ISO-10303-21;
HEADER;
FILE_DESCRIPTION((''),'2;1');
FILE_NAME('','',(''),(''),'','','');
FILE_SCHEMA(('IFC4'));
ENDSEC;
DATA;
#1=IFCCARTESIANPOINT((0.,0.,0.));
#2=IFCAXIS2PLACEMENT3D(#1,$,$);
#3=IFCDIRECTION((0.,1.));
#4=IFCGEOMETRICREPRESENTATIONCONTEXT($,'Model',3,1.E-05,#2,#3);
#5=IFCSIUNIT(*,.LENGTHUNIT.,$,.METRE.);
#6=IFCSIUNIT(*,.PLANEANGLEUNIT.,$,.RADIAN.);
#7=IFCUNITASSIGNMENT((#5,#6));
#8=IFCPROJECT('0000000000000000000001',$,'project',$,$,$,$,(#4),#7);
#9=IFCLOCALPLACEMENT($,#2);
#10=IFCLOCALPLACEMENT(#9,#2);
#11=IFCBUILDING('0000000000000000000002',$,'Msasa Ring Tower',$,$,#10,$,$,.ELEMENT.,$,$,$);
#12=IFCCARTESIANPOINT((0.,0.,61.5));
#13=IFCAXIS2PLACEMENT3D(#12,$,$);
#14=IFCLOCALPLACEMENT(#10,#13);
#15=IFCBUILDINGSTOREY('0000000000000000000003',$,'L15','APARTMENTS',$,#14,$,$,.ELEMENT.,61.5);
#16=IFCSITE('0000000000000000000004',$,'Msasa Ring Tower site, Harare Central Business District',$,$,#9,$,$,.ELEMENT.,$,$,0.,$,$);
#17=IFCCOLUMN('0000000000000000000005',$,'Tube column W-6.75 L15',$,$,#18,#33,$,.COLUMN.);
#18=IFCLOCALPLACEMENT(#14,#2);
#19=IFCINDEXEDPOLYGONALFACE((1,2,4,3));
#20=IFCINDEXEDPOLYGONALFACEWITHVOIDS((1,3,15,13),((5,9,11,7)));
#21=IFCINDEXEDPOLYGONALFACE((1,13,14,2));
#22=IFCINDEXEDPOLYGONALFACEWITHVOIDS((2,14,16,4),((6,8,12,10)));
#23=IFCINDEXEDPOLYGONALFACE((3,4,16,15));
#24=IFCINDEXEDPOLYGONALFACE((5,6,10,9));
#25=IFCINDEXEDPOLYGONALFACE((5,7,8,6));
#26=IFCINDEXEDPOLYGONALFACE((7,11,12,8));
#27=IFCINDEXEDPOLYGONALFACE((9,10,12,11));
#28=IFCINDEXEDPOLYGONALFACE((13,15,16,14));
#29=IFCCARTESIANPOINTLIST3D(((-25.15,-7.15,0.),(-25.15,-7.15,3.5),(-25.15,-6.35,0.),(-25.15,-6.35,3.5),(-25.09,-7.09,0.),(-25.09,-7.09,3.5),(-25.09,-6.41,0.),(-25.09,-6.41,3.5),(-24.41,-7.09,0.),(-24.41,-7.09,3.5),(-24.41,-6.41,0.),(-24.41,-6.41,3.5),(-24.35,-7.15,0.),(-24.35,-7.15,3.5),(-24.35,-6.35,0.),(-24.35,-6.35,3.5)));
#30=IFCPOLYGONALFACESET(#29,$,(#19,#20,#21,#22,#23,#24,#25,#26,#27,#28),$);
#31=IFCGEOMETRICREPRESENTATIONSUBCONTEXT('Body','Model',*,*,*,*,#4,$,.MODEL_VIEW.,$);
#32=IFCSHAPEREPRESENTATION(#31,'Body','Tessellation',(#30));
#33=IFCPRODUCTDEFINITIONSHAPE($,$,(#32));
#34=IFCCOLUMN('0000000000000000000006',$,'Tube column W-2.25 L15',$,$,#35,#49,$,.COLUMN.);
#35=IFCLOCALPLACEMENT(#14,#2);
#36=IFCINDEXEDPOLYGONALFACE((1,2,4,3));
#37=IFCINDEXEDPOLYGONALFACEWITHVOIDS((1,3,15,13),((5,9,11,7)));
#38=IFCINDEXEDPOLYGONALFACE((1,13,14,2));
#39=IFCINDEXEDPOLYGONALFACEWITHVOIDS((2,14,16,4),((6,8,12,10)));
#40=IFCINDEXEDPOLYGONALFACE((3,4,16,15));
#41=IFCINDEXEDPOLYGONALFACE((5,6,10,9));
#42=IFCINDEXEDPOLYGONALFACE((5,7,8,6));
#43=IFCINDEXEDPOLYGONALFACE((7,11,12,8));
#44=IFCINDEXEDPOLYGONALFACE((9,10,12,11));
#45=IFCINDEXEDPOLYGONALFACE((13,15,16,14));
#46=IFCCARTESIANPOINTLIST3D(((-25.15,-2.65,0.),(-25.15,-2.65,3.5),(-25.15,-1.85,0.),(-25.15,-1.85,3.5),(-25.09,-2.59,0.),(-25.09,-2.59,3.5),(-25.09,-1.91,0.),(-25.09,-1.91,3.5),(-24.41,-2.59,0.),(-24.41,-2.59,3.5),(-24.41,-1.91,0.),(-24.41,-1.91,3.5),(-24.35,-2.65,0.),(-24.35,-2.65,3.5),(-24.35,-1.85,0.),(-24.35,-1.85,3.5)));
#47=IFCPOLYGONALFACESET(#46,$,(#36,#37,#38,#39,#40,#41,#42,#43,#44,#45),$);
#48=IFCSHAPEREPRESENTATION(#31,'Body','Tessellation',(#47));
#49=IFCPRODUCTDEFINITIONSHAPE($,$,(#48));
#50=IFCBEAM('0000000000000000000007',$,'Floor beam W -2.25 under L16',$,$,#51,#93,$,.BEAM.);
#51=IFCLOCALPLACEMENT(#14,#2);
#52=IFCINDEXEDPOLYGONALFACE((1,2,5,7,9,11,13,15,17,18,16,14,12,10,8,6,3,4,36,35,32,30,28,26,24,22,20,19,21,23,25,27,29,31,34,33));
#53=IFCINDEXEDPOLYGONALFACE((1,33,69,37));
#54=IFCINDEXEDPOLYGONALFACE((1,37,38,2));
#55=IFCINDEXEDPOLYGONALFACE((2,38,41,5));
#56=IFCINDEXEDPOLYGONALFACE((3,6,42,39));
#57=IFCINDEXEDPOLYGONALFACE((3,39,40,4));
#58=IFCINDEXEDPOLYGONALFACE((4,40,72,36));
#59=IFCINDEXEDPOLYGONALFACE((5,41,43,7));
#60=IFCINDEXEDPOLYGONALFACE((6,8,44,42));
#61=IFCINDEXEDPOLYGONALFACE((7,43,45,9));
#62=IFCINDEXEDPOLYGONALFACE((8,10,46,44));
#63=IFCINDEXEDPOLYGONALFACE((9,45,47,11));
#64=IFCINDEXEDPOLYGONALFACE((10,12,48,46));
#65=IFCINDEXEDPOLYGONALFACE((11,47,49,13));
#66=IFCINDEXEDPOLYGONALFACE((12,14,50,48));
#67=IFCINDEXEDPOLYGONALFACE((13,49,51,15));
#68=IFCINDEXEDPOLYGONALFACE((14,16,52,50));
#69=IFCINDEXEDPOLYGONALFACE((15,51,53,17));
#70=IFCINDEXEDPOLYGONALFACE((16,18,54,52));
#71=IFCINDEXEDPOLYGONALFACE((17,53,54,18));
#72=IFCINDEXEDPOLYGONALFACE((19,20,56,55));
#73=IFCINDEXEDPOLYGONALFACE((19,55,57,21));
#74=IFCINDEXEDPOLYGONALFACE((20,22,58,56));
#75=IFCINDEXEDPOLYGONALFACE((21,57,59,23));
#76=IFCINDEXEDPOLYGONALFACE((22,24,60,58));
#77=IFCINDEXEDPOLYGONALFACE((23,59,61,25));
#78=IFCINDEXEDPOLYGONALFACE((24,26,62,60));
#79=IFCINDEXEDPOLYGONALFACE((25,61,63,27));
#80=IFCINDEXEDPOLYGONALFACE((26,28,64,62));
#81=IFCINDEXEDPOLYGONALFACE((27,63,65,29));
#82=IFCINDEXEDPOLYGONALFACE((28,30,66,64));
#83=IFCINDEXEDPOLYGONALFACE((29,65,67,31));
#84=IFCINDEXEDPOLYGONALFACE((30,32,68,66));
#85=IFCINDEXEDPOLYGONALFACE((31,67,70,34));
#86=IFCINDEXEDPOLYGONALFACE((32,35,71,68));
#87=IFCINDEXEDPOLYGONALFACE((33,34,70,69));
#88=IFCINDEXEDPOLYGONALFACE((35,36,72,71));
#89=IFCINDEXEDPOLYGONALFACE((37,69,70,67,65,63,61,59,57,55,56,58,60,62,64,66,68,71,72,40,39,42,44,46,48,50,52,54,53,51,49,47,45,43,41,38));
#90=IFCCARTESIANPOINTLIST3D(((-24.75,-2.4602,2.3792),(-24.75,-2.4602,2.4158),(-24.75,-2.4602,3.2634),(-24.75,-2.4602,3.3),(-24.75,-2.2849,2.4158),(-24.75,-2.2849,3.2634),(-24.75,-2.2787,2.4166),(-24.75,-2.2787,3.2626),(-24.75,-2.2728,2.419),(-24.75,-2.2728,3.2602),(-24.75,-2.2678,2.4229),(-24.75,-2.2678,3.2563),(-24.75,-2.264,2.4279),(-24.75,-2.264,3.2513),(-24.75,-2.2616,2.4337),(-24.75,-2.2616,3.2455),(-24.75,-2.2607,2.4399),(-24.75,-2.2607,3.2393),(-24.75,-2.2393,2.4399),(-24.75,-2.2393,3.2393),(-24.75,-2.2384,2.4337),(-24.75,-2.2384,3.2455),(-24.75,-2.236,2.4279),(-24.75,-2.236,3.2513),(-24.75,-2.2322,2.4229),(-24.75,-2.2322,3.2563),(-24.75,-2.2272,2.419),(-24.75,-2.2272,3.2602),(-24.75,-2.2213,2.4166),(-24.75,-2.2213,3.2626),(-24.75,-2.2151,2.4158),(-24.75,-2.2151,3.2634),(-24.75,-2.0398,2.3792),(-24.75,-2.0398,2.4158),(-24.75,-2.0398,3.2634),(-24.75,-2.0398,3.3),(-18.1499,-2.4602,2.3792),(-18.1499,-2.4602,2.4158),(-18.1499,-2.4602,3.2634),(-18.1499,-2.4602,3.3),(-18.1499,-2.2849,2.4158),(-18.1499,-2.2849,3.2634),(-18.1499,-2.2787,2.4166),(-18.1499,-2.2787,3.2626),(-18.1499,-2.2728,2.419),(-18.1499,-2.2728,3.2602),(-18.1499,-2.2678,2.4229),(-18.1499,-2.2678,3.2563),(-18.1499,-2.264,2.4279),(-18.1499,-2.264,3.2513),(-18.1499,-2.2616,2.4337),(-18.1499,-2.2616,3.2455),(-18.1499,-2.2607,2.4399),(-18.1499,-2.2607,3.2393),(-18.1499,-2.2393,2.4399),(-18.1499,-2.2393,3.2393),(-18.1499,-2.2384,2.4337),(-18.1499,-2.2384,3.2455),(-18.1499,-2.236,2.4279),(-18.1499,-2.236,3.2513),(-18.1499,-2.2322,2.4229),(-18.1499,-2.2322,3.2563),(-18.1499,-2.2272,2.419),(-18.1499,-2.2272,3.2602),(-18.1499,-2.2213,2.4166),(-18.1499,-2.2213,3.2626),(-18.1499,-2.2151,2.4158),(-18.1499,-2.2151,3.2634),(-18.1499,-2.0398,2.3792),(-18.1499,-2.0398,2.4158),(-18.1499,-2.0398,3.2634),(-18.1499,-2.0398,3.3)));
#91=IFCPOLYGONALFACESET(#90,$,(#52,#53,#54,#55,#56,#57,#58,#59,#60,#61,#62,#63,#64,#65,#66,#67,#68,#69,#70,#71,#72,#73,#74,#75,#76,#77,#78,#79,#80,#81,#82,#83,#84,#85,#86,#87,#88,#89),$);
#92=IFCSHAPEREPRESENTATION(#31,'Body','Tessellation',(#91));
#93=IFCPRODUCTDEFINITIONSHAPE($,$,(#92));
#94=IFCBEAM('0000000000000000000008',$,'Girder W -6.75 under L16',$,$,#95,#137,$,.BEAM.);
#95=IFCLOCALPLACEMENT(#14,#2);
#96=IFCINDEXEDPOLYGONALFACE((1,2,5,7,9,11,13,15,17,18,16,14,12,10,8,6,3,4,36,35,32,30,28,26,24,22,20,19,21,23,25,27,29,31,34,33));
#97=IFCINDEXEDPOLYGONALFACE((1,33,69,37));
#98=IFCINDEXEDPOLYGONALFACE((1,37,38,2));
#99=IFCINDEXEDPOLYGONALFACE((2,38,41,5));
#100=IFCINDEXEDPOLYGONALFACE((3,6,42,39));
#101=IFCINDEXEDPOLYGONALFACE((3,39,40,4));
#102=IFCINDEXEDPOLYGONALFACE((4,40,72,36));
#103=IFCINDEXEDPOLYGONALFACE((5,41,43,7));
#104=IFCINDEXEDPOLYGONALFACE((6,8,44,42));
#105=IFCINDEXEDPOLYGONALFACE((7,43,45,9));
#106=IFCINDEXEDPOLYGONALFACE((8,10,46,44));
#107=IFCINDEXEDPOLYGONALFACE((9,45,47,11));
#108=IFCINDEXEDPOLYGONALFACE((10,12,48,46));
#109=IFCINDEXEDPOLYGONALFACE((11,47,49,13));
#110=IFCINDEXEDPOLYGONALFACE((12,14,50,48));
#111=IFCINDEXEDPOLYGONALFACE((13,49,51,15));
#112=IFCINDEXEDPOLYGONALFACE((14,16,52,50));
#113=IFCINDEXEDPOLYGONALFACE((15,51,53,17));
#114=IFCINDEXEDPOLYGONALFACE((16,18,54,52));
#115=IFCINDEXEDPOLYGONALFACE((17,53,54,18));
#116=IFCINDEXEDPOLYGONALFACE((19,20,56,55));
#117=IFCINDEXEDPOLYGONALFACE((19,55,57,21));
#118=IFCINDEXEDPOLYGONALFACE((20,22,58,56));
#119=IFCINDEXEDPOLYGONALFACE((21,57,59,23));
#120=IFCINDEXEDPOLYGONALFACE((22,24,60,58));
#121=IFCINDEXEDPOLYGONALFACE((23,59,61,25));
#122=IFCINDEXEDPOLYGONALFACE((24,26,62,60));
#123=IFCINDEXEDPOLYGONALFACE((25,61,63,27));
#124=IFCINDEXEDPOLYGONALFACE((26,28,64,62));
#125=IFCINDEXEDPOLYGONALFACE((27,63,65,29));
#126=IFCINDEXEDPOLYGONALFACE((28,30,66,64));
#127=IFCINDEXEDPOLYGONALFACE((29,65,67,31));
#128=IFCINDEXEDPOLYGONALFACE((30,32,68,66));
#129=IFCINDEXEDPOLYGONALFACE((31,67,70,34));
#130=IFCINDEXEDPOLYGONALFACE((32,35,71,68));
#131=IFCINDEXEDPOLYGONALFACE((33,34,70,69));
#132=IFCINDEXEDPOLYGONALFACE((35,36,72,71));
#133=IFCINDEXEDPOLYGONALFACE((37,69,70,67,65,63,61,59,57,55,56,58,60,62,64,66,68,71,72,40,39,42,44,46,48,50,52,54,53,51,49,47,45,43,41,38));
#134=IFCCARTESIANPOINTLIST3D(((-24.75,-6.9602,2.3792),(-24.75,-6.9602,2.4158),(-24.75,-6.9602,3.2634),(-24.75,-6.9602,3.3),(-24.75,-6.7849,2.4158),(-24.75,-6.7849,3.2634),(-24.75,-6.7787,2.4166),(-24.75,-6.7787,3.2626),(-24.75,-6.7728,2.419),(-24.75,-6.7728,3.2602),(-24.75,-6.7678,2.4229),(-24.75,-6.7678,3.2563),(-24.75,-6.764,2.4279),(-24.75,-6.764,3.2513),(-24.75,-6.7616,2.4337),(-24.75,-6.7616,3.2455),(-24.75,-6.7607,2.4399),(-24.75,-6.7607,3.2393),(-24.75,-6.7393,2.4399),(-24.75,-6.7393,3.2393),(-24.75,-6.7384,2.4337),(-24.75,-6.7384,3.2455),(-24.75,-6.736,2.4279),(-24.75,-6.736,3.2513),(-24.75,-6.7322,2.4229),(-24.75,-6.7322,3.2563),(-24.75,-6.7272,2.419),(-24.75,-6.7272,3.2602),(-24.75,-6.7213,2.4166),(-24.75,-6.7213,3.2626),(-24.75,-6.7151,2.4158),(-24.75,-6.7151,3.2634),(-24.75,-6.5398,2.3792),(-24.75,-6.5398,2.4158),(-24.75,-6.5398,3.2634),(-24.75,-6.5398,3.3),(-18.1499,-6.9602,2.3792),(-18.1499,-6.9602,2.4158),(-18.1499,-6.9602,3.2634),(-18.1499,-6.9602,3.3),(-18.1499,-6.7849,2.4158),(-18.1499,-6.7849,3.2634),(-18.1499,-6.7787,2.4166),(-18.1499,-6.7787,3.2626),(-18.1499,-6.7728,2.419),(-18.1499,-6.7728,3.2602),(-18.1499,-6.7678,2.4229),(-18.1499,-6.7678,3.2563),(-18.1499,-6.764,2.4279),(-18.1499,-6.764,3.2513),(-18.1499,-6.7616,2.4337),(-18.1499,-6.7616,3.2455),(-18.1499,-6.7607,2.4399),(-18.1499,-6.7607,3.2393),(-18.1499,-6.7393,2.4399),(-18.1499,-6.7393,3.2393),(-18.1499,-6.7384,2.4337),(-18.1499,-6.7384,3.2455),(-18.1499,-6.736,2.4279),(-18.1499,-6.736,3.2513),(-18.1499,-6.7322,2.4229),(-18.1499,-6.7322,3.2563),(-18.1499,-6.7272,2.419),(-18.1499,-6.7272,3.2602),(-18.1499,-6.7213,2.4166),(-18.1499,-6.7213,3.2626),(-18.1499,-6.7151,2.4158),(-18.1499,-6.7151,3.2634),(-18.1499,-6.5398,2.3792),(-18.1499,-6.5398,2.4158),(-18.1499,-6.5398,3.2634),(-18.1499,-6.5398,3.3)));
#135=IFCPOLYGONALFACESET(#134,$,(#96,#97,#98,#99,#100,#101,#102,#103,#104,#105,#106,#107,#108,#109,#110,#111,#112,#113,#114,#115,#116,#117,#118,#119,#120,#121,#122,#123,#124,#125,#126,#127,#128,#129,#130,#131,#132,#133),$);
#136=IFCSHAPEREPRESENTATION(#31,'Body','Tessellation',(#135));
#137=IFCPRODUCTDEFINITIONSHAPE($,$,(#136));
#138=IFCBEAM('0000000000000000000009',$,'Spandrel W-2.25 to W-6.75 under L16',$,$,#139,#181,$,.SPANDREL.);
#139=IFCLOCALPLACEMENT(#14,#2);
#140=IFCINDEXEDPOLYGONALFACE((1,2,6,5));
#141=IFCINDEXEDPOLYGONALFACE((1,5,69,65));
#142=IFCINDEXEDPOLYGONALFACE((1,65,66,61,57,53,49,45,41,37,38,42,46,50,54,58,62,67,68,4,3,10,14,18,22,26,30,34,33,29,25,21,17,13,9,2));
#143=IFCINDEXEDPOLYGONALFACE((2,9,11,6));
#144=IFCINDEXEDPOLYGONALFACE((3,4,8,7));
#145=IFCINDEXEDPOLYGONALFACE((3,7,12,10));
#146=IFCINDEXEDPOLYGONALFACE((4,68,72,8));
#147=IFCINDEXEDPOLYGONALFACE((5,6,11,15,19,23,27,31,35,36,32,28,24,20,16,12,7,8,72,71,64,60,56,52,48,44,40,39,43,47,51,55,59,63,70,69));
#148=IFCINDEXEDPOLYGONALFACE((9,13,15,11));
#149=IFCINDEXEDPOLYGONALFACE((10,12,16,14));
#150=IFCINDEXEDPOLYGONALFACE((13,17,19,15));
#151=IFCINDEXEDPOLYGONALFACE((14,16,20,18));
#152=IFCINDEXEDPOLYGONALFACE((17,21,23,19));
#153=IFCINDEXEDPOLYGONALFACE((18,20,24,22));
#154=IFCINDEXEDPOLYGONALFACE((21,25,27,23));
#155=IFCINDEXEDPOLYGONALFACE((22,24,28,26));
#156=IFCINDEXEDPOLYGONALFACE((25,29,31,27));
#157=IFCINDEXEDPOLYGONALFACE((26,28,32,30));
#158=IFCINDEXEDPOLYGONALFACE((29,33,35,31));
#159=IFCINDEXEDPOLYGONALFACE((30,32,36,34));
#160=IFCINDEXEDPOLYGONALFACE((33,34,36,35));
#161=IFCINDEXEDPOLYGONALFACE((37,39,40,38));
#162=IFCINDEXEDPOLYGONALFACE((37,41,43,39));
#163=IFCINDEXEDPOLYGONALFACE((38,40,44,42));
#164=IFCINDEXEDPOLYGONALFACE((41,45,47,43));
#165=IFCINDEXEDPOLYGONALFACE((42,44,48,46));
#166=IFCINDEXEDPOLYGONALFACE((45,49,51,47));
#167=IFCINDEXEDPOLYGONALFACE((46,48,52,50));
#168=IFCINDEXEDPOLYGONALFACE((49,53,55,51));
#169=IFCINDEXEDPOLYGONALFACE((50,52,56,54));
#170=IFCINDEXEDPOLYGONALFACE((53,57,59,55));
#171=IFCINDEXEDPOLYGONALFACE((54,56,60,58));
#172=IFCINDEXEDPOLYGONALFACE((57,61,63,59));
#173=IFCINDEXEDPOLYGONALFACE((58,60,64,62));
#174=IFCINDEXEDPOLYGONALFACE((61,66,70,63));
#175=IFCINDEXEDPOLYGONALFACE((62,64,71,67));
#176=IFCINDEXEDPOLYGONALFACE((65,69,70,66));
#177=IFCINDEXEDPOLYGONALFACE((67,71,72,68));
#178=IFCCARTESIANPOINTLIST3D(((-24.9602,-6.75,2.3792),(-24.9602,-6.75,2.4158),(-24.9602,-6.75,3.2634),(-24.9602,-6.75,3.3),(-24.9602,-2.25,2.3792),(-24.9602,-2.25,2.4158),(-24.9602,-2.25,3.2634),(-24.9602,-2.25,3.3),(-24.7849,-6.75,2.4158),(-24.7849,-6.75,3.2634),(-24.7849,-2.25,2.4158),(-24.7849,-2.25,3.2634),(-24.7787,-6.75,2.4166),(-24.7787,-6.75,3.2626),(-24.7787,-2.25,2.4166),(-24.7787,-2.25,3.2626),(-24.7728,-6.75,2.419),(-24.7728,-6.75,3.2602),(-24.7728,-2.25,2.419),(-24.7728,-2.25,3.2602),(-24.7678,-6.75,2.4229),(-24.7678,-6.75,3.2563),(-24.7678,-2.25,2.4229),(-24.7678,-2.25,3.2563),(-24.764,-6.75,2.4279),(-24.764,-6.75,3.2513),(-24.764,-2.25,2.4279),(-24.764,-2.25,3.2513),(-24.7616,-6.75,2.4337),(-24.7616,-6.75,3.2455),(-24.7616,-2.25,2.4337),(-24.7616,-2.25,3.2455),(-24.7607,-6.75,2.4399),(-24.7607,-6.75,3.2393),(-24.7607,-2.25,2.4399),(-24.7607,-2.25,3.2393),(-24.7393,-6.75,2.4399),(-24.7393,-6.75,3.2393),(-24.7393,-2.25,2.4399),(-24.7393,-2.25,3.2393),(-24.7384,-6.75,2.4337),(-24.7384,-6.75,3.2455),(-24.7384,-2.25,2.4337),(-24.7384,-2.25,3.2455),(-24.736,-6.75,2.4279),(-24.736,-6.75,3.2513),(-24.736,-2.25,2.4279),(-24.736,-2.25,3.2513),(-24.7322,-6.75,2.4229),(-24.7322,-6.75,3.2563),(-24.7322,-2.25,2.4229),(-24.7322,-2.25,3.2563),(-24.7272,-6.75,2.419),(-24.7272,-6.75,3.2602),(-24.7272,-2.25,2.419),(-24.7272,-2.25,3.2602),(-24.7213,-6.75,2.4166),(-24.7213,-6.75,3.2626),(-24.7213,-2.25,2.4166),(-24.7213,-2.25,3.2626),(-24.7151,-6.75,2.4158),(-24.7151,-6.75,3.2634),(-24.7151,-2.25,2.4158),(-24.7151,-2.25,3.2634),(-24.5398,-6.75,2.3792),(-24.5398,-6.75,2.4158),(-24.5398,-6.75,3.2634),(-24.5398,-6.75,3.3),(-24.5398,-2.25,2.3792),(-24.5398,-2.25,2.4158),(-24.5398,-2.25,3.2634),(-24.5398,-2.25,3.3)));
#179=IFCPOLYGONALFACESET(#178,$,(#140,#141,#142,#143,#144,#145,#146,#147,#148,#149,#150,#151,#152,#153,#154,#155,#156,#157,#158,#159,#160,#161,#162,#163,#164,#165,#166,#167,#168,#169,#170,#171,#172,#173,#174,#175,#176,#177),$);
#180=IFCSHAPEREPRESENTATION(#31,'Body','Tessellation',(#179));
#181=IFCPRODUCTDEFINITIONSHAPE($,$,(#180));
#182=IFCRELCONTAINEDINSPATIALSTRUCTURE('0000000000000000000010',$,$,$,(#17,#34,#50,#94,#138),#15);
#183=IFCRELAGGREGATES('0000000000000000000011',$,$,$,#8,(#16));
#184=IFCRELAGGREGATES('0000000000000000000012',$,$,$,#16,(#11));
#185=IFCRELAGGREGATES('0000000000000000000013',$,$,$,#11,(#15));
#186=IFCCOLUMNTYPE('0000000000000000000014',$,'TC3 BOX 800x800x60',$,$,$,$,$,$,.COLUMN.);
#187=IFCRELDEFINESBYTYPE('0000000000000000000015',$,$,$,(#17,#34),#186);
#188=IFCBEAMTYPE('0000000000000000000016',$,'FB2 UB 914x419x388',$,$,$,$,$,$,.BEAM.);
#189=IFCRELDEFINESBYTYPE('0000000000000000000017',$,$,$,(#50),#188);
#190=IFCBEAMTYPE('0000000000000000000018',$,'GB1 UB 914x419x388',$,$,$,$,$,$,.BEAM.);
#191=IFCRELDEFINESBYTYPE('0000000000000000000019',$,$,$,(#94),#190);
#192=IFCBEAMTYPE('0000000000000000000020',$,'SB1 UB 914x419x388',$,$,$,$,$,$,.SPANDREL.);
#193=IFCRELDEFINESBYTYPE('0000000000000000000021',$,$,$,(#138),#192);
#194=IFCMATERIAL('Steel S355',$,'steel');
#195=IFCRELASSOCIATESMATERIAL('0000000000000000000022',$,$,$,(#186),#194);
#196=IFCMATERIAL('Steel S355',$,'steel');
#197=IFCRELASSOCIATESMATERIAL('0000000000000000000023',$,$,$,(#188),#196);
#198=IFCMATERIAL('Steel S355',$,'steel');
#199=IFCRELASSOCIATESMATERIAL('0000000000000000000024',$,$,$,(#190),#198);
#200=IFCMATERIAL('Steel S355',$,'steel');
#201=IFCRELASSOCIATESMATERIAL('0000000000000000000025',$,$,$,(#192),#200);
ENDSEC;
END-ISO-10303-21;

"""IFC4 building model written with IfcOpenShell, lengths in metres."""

from ifc_helpers import new_model, si_unit, direction, frame, origin, origin_2d, place, context, subcontext, project, spatial, hollow_rectangle, i_section, extrude, material, material_profile, profile_set, type_object, element, save


model = new_model("IFC4")

# Units and contexts
model_context = context("Model", 3, precision=1e-05, world=origin(), true_north=direction((0.0, 1.0)))
body_context = subcontext(model_context, "Body", "Model", "MODEL_VIEW")
ifc_project = project(units=[si_unit("LENGTHUNIT", "METRE"), si_unit("PLANEANGLEUNIT", "RADIAN")], contexts=[model_context])

# Site, building, storey
site_placement = place(None, origin())
site = spatial("IfcSite", under=ifc_project, at=site_placement, Name="Msasa Ring Tower site, Harare Central Business District", CompositionType="ELEMENT", RefElevation=0.0)
building_placement = place(site_placement, origin())
building = spatial("IfcBuilding", under=site, at=building_placement, Name="Msasa Ring Tower", CompositionType="ELEMENT")
storey_placement = place(building_placement, frame((0.0, 0.0, 61.5)))
storey = spatial("IfcBuildingStorey", under=building, at=storey_placement, Name="L15", Description="APARTMENTS", CompositionType="ELEMENT", Elevation=61.5)

# Columns
ifc_material_1 = material(Name="Steel S355", Category="steel")
ifc_material_profile_1 = material_profile(ifc_material_1, hollow_rectangle(XDim=0.8, YDim=0.8, WallThickness=0.0601, at=origin_2d()), Name="BOX 800x800x60")
ifc_profile_set_1 = profile_set([ifc_material_profile_1], Name="Steel S355")
column_type = type_object("IfcColumnType", Name="TC3 BOX 800x800x60", PredefinedType="COLUMN", material=ifc_profile_set_1)
for number, where, z_axis, x_axis, name in (
    (1, (-24.75, -6.75, 0.0), (0.0, 0.0, 1.0), (1.0, 0.0, 0.0), "Tube column W-6.75 L15"),
    (2, (-24.75, -2.25, 0.0), (0.0, 0.0, 1.0), (1.0, 0.0, 0.0), "Tube column W-2.25 L15"),
):
    element("IfcColumn", number, at=place(storey_placement, frame(where, z_axis=z_axis, x_axis=x_axis)), inside=storey, type_object=column_type, Name=name, PredefinedType="COLUMN", context=body_context, shape_type="SweptSolid", body=[
        extrude(hollow_rectangle(XDim=0.8, YDim=0.8, WallThickness=0.0601, at=origin_2d()), origin(), (0.0, 0.0, 1.0), 3.5),
    ])

# Beams
ifc_material_2 = material(Name="Steel S355", Category="steel")
ifc_material_profile_2 = material_profile(ifc_material_2, i_section(OverallWidth=0.4204, OverallDepth=0.9209, WebThickness=0.0215, FlangeThickness=0.0366, FilletRadius=0.0242, at=origin_2d()), Name="UB 914x419x388")
ifc_profile_set_2 = profile_set([ifc_material_profile_2], Name="Steel S355")
beam_type_1 = type_object("IfcBeamType", Name="FB2 UB 914x419x388", PredefinedType="BEAM", material=ifc_profile_set_2)
beam_1_placement = place(storey_placement, frame((-24.75, -2.25, 2.8396), z_axis=(1.0, 0.0, 0.0), x_axis=(0.0, 1.0, 0.0)))
element("IfcBeam", 3, at=beam_1_placement, inside=storey, type_object=beam_type_1, Name="Floor beam W -2.25 under L16", PredefinedType="BEAM", context=body_context, shape_type="SweptSolid", body=[
    extrude(i_section(OverallWidth=0.4204, OverallDepth=0.9209, WebThickness=0.0215, FlangeThickness=0.0366, FilletRadius=0.0242, at=origin_2d()), origin(), (0.0, 0.0, 1.0), 6.6001),
])
ifc_material_3 = material(Name="Steel S355", Category="steel")
ifc_material_profile_3 = material_profile(ifc_material_3, i_section(OverallWidth=0.4204, OverallDepth=0.9209, WebThickness=0.0215, FlangeThickness=0.0366, FilletRadius=0.0242, at=origin_2d()), Name="UB 914x419x388")
ifc_profile_set_3 = profile_set([ifc_material_profile_3], Name="Steel S355")
beam_type_2 = type_object("IfcBeamType", Name="GB1 UB 914x419x388", PredefinedType="BEAM", material=ifc_profile_set_3)
beam_2_placement = place(storey_placement, frame((-18.1499, -6.75, 2.8396), z_axis=(-1.0, 0.0, 0.0), x_axis=(0.0, -1.0, 0.0)))
element("IfcBeam", 4, at=beam_2_placement, inside=storey, type_object=beam_type_2, Name="Girder W -6.75 under L16", PredefinedType="BEAM", context=body_context, shape_type="SweptSolid", body=[
    extrude(i_section(OverallWidth=0.4204, OverallDepth=0.9209, WebThickness=0.0215, FlangeThickness=0.0366, FilletRadius=0.0242, at=origin_2d()), origin(), (0.0, 0.0, 1.0), 6.6001),
])
ifc_material_4 = material(Name="Steel S355", Category="steel")
ifc_material_profile_4 = material_profile(ifc_material_4, i_section(OverallWidth=0.4204, OverallDepth=0.9209, WebThickness=0.0215, FlangeThickness=0.0366, FilletRadius=0.0242, at=origin_2d()), Name="UB 914x419x388")
ifc_profile_set_4 = profile_set([ifc_material_profile_4], Name="Steel S355")
beam_type_3 = type_object("IfcBeamType", Name="SB1 UB 914x419x388", PredefinedType="SPANDREL", material=ifc_profile_set_4)
for number, where, z_axis, x_axis, name in (
    (5, (-24.75, -2.25, 2.8396), (0.0, -1.0, 0.0), (1.0, 0.0, 0.0), "Spandrel W-2.25 to W-6.75 under L16"),
):
    element("IfcBeam", number, at=place(storey_placement, frame(where, z_axis=z_axis, x_axis=x_axis)), inside=storey, type_object=beam_type_3, Name=name, PredefinedType="SPANDREL", context=body_context, shape_type="SweptSolid", body=[
        extrude(i_section(OverallWidth=0.4204, OverallDepth=0.9209, WebThickness=0.0215, FlangeThickness=0.0366, FilletRadius=0.0242, at=origin_2d()), origin(), (0.0, 0.0, 1.0), 4.5),
    ])

save(model, "model.ifc")
